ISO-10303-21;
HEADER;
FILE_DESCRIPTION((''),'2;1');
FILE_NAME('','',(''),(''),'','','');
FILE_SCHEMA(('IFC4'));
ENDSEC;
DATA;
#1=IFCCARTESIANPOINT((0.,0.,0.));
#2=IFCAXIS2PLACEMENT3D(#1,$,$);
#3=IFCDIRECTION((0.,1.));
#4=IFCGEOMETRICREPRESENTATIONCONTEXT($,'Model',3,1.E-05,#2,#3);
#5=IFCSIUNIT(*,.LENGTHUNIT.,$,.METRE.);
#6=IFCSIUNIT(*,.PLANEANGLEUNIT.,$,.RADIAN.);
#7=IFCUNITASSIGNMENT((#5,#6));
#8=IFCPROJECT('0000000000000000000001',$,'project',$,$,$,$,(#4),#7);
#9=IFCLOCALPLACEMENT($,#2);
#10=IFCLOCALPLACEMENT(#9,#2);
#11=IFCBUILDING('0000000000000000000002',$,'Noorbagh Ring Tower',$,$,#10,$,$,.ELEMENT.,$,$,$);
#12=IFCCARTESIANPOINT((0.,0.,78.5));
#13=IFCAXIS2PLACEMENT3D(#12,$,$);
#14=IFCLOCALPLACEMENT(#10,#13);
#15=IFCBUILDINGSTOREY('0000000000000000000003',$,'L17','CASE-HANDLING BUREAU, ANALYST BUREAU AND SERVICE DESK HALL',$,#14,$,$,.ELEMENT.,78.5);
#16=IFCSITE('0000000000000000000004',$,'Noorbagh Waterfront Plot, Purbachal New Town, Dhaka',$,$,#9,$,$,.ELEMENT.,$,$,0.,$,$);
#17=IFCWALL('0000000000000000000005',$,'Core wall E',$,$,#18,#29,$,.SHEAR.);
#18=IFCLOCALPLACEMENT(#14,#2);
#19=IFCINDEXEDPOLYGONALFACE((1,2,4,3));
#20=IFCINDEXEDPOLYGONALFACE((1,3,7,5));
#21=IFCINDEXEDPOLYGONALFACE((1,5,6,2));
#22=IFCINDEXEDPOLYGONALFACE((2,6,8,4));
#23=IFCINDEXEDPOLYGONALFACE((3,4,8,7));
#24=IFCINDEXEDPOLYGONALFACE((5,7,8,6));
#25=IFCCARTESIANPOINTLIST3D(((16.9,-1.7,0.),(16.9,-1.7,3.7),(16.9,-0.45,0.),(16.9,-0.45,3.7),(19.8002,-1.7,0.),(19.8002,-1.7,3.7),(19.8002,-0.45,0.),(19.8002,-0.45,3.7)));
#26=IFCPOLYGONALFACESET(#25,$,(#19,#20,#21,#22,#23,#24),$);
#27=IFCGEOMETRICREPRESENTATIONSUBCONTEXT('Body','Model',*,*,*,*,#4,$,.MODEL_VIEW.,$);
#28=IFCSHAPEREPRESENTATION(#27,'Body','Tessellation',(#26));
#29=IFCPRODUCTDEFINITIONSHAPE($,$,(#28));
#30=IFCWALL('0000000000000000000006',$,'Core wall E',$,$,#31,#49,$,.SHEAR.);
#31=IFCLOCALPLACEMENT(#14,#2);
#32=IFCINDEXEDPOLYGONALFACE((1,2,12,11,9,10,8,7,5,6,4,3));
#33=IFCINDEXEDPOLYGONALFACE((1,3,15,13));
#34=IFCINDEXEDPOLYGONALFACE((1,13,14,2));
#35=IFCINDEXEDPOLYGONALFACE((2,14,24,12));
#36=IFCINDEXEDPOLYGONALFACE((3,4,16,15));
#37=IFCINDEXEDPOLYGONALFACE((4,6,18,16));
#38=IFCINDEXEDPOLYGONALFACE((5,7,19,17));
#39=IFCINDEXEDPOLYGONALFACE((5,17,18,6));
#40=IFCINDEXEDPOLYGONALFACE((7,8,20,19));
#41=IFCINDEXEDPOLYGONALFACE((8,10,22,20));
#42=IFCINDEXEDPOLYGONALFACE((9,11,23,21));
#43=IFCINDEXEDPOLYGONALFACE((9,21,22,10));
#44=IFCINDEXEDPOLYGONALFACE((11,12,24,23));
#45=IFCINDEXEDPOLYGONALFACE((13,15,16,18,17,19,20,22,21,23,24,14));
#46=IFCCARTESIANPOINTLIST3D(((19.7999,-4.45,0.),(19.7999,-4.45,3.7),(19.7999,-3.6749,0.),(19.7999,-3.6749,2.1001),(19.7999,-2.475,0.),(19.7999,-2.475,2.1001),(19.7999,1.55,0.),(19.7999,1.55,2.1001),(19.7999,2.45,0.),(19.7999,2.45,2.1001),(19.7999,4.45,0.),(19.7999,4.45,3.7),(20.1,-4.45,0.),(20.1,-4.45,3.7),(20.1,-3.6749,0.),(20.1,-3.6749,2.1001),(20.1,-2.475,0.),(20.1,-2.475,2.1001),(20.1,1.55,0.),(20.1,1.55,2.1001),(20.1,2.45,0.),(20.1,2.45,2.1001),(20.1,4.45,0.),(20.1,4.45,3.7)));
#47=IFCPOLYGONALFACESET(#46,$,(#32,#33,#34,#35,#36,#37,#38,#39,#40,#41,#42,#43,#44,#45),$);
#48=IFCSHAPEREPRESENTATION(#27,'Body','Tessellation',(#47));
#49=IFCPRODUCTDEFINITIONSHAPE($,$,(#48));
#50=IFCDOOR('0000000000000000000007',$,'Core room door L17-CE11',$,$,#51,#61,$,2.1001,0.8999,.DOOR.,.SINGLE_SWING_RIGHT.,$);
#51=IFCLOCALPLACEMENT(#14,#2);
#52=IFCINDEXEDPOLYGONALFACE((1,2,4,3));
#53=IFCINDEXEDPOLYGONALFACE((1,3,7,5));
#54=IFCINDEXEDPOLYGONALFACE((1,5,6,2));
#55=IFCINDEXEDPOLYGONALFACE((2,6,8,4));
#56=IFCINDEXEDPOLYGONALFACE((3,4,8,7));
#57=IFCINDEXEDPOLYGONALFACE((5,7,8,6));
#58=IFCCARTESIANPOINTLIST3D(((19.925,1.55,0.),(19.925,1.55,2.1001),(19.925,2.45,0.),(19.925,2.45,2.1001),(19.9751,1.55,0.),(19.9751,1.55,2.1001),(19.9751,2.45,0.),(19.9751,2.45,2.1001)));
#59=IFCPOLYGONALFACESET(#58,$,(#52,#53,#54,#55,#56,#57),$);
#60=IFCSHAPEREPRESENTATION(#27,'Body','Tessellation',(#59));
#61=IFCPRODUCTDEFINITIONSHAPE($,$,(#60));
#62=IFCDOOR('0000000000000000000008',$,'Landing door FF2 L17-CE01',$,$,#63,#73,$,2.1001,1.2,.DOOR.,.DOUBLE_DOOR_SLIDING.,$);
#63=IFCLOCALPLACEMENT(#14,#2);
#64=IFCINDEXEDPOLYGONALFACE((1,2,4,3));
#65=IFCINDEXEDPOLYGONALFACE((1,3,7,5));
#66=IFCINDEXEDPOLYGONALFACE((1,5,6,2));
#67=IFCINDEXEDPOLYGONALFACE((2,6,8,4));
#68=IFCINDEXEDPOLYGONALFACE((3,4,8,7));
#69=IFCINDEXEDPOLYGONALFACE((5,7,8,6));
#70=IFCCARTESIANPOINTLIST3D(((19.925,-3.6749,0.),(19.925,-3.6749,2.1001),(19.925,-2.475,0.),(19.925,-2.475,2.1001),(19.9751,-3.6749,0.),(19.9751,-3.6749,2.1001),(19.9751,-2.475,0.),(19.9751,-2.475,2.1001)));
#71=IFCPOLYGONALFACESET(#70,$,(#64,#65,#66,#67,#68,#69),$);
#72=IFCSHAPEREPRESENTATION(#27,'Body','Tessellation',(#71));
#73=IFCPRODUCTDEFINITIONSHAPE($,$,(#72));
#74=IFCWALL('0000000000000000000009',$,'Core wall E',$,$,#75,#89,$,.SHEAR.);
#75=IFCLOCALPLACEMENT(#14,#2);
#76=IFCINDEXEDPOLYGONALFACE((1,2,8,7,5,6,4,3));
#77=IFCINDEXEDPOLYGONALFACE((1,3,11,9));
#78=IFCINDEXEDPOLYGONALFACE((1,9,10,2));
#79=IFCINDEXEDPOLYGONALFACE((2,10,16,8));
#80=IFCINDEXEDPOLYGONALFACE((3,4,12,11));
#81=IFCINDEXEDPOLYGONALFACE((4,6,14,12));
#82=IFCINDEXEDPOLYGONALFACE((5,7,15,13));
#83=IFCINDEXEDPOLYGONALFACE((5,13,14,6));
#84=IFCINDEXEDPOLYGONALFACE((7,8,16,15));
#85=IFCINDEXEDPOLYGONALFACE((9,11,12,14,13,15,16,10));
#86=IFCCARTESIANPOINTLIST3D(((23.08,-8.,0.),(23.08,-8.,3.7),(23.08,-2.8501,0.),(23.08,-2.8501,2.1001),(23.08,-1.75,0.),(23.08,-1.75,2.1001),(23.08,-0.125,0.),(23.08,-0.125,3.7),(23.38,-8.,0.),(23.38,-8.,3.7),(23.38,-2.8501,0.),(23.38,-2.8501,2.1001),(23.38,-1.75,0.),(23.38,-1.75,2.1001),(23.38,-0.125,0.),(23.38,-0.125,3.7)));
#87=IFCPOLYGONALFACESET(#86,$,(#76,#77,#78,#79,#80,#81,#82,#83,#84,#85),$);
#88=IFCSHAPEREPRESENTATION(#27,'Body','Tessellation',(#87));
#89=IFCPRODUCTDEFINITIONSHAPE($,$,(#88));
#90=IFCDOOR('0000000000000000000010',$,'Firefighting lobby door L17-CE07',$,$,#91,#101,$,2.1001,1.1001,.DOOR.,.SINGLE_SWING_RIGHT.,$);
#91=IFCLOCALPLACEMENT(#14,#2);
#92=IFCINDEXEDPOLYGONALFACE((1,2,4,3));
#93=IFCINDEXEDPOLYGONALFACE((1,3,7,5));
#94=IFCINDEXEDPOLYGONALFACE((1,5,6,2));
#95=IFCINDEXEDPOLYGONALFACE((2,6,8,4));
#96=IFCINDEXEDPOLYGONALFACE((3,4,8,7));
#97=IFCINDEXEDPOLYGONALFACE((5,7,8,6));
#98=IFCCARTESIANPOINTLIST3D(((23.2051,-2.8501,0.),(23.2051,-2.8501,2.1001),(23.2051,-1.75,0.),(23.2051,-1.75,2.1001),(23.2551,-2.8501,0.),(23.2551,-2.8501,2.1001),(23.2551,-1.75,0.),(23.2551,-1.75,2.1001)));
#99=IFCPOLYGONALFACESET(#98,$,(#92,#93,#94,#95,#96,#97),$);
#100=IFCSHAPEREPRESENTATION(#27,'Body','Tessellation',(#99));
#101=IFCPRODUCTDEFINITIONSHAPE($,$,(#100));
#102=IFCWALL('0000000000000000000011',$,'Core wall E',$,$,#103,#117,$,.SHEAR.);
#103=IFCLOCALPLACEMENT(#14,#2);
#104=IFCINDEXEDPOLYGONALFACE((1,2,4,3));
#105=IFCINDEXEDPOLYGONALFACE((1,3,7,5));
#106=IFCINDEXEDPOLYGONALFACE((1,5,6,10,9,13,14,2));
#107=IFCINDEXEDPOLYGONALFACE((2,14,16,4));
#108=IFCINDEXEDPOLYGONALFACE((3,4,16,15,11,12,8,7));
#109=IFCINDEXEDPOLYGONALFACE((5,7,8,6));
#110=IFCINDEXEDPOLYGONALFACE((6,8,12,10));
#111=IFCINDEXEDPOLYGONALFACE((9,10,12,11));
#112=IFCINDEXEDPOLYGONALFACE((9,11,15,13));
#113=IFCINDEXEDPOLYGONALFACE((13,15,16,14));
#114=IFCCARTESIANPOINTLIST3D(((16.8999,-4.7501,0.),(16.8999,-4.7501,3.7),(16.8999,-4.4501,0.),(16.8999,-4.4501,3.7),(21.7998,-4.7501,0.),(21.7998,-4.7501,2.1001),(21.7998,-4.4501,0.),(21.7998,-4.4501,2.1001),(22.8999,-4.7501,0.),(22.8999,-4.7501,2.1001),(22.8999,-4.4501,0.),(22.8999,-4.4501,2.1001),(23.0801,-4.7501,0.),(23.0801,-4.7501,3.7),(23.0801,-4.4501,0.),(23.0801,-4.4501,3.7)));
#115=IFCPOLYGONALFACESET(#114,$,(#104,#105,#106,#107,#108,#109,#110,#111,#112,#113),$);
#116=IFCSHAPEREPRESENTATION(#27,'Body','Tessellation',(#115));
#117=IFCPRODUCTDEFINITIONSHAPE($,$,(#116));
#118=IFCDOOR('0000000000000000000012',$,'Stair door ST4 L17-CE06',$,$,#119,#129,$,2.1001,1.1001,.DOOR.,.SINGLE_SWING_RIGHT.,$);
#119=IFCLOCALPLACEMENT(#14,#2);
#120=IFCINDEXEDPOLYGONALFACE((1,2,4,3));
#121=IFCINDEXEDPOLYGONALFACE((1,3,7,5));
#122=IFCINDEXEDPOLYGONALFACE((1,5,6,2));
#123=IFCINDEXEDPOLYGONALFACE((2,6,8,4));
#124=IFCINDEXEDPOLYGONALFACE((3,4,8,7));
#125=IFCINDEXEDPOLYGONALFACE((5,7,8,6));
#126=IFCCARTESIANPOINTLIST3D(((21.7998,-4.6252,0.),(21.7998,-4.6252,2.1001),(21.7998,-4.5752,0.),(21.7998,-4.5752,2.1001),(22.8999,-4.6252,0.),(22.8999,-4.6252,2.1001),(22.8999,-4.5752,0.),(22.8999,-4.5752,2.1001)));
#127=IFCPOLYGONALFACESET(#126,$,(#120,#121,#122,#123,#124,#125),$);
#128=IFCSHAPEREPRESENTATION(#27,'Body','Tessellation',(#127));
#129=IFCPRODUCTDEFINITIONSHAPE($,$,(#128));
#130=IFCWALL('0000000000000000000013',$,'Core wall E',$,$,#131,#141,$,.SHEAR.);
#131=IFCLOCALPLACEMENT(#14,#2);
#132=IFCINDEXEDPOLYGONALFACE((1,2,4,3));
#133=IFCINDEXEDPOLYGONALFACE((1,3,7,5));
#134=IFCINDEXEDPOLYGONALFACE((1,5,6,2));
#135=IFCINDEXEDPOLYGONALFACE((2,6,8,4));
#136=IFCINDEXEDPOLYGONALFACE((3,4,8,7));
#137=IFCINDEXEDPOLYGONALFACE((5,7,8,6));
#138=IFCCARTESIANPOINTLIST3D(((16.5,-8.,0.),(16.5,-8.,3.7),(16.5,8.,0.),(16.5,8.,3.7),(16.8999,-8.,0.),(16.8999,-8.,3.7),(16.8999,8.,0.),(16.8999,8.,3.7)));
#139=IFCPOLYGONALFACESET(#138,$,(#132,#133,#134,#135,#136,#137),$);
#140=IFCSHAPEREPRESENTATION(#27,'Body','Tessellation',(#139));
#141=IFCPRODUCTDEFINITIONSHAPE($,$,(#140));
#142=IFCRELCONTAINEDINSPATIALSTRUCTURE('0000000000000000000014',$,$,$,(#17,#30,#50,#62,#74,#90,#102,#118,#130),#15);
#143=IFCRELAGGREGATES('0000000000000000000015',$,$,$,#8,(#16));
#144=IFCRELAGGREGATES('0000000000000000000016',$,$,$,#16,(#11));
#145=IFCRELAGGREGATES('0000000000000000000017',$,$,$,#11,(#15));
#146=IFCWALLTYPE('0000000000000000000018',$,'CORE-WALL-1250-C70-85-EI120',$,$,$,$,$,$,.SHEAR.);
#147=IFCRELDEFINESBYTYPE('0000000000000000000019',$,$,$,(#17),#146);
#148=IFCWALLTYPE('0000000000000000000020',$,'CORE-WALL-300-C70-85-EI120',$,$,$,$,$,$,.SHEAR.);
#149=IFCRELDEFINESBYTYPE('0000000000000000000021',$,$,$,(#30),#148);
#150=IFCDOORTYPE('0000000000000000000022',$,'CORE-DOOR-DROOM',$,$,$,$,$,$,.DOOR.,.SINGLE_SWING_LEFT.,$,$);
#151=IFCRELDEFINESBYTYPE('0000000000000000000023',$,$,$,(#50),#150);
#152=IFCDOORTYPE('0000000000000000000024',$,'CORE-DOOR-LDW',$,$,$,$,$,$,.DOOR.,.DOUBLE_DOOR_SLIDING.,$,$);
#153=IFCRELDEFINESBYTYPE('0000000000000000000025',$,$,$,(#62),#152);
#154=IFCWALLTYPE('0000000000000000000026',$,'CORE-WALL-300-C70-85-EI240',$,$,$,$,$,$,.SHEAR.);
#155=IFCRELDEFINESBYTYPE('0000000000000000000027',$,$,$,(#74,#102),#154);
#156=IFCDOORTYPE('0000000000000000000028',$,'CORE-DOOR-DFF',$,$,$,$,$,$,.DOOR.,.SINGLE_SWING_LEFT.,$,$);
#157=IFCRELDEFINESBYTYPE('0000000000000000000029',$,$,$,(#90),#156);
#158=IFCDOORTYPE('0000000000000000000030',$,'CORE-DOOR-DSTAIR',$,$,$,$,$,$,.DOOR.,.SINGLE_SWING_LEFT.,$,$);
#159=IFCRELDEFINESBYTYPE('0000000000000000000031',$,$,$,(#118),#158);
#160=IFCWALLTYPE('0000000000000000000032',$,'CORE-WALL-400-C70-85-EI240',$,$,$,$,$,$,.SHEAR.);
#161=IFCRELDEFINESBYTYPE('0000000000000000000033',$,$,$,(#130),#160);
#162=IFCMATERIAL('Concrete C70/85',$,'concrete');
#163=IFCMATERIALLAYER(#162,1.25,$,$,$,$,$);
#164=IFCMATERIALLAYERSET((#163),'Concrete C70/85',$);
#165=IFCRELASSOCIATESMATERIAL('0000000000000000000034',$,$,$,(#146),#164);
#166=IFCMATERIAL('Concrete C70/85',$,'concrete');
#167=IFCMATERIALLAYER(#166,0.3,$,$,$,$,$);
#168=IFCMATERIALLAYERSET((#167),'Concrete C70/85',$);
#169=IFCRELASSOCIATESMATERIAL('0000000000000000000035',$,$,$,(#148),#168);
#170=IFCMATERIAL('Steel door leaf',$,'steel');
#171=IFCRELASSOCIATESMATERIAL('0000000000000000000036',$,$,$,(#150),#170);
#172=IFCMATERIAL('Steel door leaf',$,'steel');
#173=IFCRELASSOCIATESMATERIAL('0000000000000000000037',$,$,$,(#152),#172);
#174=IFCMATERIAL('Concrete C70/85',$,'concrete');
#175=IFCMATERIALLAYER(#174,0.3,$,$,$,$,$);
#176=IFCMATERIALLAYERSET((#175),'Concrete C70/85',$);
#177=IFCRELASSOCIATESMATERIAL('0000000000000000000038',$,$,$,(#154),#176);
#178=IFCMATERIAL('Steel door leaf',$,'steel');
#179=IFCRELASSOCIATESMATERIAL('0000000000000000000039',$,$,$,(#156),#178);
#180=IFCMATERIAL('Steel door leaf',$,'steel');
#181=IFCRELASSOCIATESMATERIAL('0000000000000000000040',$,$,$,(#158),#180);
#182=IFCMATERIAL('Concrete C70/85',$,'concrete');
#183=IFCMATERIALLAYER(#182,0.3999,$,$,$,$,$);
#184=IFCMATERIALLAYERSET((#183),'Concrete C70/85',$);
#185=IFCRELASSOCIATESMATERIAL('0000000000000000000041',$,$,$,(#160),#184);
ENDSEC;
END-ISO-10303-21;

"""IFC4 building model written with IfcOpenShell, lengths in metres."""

from ifc_helpers import new_model, si_unit, direction, frame, frame_2d, origin, place, context, subcontext, project, spatial, rectangle, extrude, material, layer, layer_set, type_object, element, fill, save


model = new_model("IFC4")

# Units and contexts
model_context = context("Model", 3, precision=1e-05, world=origin(), true_north=direction((0.0, 1.0)))
body_context = subcontext(model_context, "Body", "Model", "MODEL_VIEW")
ifc_project = project(units=[si_unit("LENGTHUNIT", "METRE"), si_unit("PLANEANGLEUNIT", "RADIAN")], contexts=[model_context])

# Site, building, storey
site_placement = place(None, origin())
site = spatial("IfcSite", under=ifc_project, at=site_placement, Name="Noorbagh Waterfront Plot, Purbachal New Town, Dhaka", CompositionType="ELEMENT", RefElevation=0.0)
building_placement = place(site_placement, origin())
building = spatial("IfcBuilding", under=site, at=building_placement, Name="Noorbagh Ring Tower", CompositionType="ELEMENT")
storey_placement = place(building_placement, frame((0.0, 0.0, 78.5)))
storey = spatial("IfcBuildingStorey", under=building, at=storey_placement, Name="L17", Description="CASE-HANDLING BUREAU, ANALYST BUREAU AND SERVICE DESK HALL", CompositionType="ELEMENT", Elevation=78.5)

# Wall
ifc_material_1 = material(Name="Concrete C70/85", Category="concrete")
ifc_layer_1 = layer(ifc_material_1, 1.25)
ifc_layer_set_1 = layer_set([ifc_layer_1], Name="Concrete C70/85")
wall_type_1 = type_object("IfcWallType", Name="CORE-WALL-1250-C70-85-EI120", PredefinedType="SHEAR", material=ifc_layer_set_1)
wall_1_placement = place(storey_placement, frame((16.8999, -1.075, 0.0), z_axis=(0.0, 0.0, 1.0), x_axis=(1.0, 0.0, 0.0)))
element("IfcWall", 1, at=wall_1_placement, inside=storey, type_object=wall_type_1, Name="Core wall E", PredefinedType="SHEAR", context=body_context, shape_type="SweptSolid", body=[
    extrude(rectangle(XDim=2.9001, YDim=1.25, at=frame_2d((1.4502, 0.0))), origin(), (0.0, 0.0, 1.0), 3.7),
])

# Wall, openings, doors
ifc_material_2 = material(Name="Concrete C70/85", Category="concrete")
ifc_layer_2 = layer(ifc_material_2, 0.3)
ifc_layer_set_2 = layer_set([ifc_layer_2], Name="Concrete C70/85")
wall_type_2 = type_object("IfcWallType", Name="CORE-WALL-300-C70-85-EI120", PredefinedType="SHEAR", material=ifc_layer_set_2)
wall_2_placement = place(storey_placement, frame((19.95, -4.45, 0.0), z_axis=(0.0, 0.0, 1.0), x_axis=(0.0, 1.0, 0.0)))
wall_2 = element("IfcWall", 2, at=wall_2_placement, inside=storey, type_object=wall_type_2, Name="Core wall E", PredefinedType="SHEAR", context=body_context, shape_type="SweptSolid", body=[
    extrude(rectangle(XDim=8.8999, YDim=0.3, at=frame_2d((4.45, 0.0))), origin(), (0.0, 0.0, 1.0), 3.7),
])
opening_1_placement = place(wall_2_placement, frame((0.7749, 0.0, 0.0)))
opening_1 = element("IfcOpeningElement", 3, at=opening_1_placement, cuts=wall_2, PredefinedType="OPENING", context=body_context, shape_type="SweptSolid", body=[
    extrude(rectangle(XDim=1.2, YDim=2.1001, at=frame_2d((0.6001, 1.05))), frame((0.0, 0.1602, 0.0), z_axis=(0.0, -1.0, 0.0), x_axis=(1.0, 0.0, 0.0)), (0.0, 0.0, 1.0), 0.3201),
])
opening_2_placement = place(wall_2_placement, frame((6.0, 0.0, 0.0)))
opening_2 = element("IfcOpeningElement", 4, at=opening_2_placement, cuts=wall_2, PredefinedType="OPENING", context=body_context, shape_type="SweptSolid", body=[
    extrude(rectangle(XDim=0.8999, YDim=2.1001, at=frame_2d((0.45, 1.05))), frame((0.0, 0.1602, 0.0), z_axis=(0.0, -1.0, 0.0), x_axis=(1.0, 0.0, 0.0)), (0.0, 0.0, 1.0), 0.3201),
])
ifc_material_3 = material(Name="Steel door leaf", Category="steel")
door_type_1 = type_object("IfcDoorType", Name="CORE-DOOR-DROOM", OperationType="SINGLE_SWING_LEFT", PredefinedType="DOOR", material=ifc_material_3)
door_1_placement = place(opening_2_placement, origin())
door_1 = element("IfcDoor", 5, at=door_1_placement, inside=storey, type_object=door_type_1, Name="Core room door L17-CE11", OperationType="SINGLE_SWING_RIGHT", OverallHeight=2.1001, OverallWidth=0.8999, PredefinedType="DOOR", context=body_context, shape_type="SweptSolid", body=[
    extrude(rectangle(XDim=0.8999, YDim=2.1001, at=frame_2d((0.45, 1.05))), frame((0.0, 0.0249, 0.0), z_axis=(0.0, -1.0, 0.0), x_axis=(1.0, 0.0, 0.0)), (0.0, 0.0, 1.0), 0.05),
])
fill(opening_2, door_1)
ifc_material_4 = material(Name="Steel door leaf", Category="steel")
door_type_2 = type_object("IfcDoorType", Name="CORE-DOOR-LDW", OperationType="DOUBLE_DOOR_SLIDING", PredefinedType="DOOR", material=ifc_material_4)
door_2_placement = place(opening_1_placement, origin())
door_2 = element("IfcDoor", 6, at=door_2_placement, inside=storey, type_object=door_type_2, Name="Landing door FF2 L17-CE01", OperationType="DOUBLE_DOOR_SLIDING", OverallHeight=2.1001, OverallWidth=1.2, PredefinedType="DOOR", context=body_context, shape_type="SweptSolid", body=[
    extrude(rectangle(XDim=1.2, YDim=2.1001, at=frame_2d((0.6001, 1.05))), frame((0.0, 0.0249, 0.0), z_axis=(0.0, -1.0, 0.0), x_axis=(1.0, 0.0, 0.0)), (0.0, 0.0, 1.0), 0.05),
])
fill(opening_1, door_2)

# Walls, openings, doors
ifc_material_5 = material(Name="Concrete C70/85", Category="concrete")
ifc_layer_3 = layer(ifc_material_5, 0.3)
ifc_layer_set_3 = layer_set([ifc_layer_3], Name="Concrete C70/85")
wall_type_3 = type_object("IfcWallType", Name="CORE-WALL-300-C70-85-EI240", PredefinedType="SHEAR", material=ifc_layer_set_3)
wall_3_placement = place(storey_placement, frame((23.23, -8.0, 0.0), z_axis=(0.0, 0.0, 1.0), x_axis=(0.0, 1.0, 0.0)))
wall_3 = element("IfcWall", 7, at=wall_3_placement, inside=storey, type_object=wall_type_3, Name="Core wall E", PredefinedType="SHEAR", context=body_context, shape_type="SweptSolid", body=[
    extrude(rectangle(XDim=7.875, YDim=0.3, at=frame_2d((3.9375, 0.0))), origin(), (0.0, 0.0, 1.0), 3.7),
])
opening_3_placement = place(wall_3_placement, frame((5.1499, 0.0, 0.0)))
opening_3 = element("IfcOpeningElement", 8, at=opening_3_placement, cuts=wall_3, PredefinedType="OPENING", context=body_context, shape_type="SweptSolid", body=[
    extrude(rectangle(XDim=1.1001, YDim=2.1001, at=frame_2d((0.55, 1.05))), frame((0.0, 0.1602, 0.0), z_axis=(0.0, -1.0, 0.0), x_axis=(1.0, 0.0, 0.0)), (0.0, 0.0, 1.0), 0.3201),
])
ifc_material_6 = material(Name="Steel door leaf", Category="steel")
door_type_3 = type_object("IfcDoorType", Name="CORE-DOOR-DFF", OperationType="SINGLE_SWING_LEFT", PredefinedType="DOOR", material=ifc_material_6)
door_3_placement = place(opening_3_placement, origin())
door_3 = element("IfcDoor", 9, at=door_3_placement, inside=storey, type_object=door_type_3, Name="Firefighting lobby door L17-CE07", OperationType="SINGLE_SWING_RIGHT", OverallHeight=2.1001, OverallWidth=1.1001, PredefinedType="DOOR", context=body_context, shape_type="SweptSolid", body=[
    extrude(rectangle(XDim=1.1001, YDim=2.1001, at=frame_2d((0.55, 1.05))), frame((0.0, 0.0249, 0.0), z_axis=(0.0, -1.0, 0.0), x_axis=(1.0, 0.0, 0.0)), (0.0, 0.0, 1.0), 0.05),
])
fill(opening_3, door_3)
wall_4_placement = place(storey_placement, frame((16.8999, -4.6001, 0.0), z_axis=(0.0, 0.0, 1.0), x_axis=(1.0, 0.0, 0.0)))
wall_4 = element("IfcWall", 10, at=wall_4_placement, inside=storey, type_object=wall_type_3, Name="Core wall E", PredefinedType="SHEAR", context=body_context, shape_type="SweptSolid", body=[
    extrude(rectangle(XDim=6.1802, YDim=0.3, at=frame_2d((3.0901, 0.0))), origin(), (0.0, 0.0, 1.0), 3.7),
])
opening_4_placement = place(wall_4_placement, frame((4.8999, 0.0, 0.0)))
opening_4 = element("IfcOpeningElement", 11, at=opening_4_placement, cuts=wall_4, PredefinedType="OPENING", context=body_context, shape_type="SweptSolid", body=[
    extrude(rectangle(XDim=1.1001, YDim=2.1001, at=frame_2d((0.55, 1.05))), frame((0.0, 0.1602, 0.0), z_axis=(0.0, -1.0, 0.0), x_axis=(1.0, 0.0, 0.0)), (0.0, 0.0, 1.0), 0.3201),
])
ifc_material_7 = material(Name="Steel door leaf", Category="steel")
door_type_4 = type_object("IfcDoorType", Name="CORE-DOOR-DSTAIR", OperationType="SINGLE_SWING_LEFT", PredefinedType="DOOR", material=ifc_material_7)
door_4_placement = place(opening_4_placement, origin())
door_4 = element("IfcDoor", 12, at=door_4_placement, inside=storey, type_object=door_type_4, Name="Stair door ST4 L17-CE06", OperationType="SINGLE_SWING_RIGHT", OverallHeight=2.1001, OverallWidth=1.1001, PredefinedType="DOOR", context=body_context, shape_type="SweptSolid", body=[
    extrude(rectangle(XDim=1.1001, YDim=2.1001, at=frame_2d((0.55, 1.05))), frame((0.0, 0.0249, 0.0), z_axis=(0.0, -1.0, 0.0), x_axis=(1.0, 0.0, 0.0)), (0.0, 0.0, 1.0), 0.05),
])
fill(opening_4, door_4)

# Wall
ifc_material_8 = material(Name="Concrete C70/85", Category="concrete")
ifc_layer_4 = layer(ifc_material_8, 0.3999)
ifc_layer_set_4 = layer_set([ifc_layer_4], Name="Concrete C70/85")
wall_type_4 = type_object("IfcWallType", Name="CORE-WALL-400-C70-85-EI240", PredefinedType="SHEAR", material=ifc_layer_set_4)
wall_5_placement = place(storey_placement, frame((16.7, -8.0, 0.0), z_axis=(0.0, 0.0, 1.0), x_axis=(0.0, 1.0, 0.0)))
element("IfcWall", 13, at=wall_5_placement, inside=storey, type_object=wall_type_4, Name="Core wall E", PredefinedType="SHEAR", context=body_context, shape_type="SweptSolid", body=[
    extrude(rectangle(XDim=16.0, YDim=0.3999, at=frame_2d((8.0, 0.0))), origin(), (0.0, 0.0, 1.0), 3.7),
])

save(model, "model.ifc")
